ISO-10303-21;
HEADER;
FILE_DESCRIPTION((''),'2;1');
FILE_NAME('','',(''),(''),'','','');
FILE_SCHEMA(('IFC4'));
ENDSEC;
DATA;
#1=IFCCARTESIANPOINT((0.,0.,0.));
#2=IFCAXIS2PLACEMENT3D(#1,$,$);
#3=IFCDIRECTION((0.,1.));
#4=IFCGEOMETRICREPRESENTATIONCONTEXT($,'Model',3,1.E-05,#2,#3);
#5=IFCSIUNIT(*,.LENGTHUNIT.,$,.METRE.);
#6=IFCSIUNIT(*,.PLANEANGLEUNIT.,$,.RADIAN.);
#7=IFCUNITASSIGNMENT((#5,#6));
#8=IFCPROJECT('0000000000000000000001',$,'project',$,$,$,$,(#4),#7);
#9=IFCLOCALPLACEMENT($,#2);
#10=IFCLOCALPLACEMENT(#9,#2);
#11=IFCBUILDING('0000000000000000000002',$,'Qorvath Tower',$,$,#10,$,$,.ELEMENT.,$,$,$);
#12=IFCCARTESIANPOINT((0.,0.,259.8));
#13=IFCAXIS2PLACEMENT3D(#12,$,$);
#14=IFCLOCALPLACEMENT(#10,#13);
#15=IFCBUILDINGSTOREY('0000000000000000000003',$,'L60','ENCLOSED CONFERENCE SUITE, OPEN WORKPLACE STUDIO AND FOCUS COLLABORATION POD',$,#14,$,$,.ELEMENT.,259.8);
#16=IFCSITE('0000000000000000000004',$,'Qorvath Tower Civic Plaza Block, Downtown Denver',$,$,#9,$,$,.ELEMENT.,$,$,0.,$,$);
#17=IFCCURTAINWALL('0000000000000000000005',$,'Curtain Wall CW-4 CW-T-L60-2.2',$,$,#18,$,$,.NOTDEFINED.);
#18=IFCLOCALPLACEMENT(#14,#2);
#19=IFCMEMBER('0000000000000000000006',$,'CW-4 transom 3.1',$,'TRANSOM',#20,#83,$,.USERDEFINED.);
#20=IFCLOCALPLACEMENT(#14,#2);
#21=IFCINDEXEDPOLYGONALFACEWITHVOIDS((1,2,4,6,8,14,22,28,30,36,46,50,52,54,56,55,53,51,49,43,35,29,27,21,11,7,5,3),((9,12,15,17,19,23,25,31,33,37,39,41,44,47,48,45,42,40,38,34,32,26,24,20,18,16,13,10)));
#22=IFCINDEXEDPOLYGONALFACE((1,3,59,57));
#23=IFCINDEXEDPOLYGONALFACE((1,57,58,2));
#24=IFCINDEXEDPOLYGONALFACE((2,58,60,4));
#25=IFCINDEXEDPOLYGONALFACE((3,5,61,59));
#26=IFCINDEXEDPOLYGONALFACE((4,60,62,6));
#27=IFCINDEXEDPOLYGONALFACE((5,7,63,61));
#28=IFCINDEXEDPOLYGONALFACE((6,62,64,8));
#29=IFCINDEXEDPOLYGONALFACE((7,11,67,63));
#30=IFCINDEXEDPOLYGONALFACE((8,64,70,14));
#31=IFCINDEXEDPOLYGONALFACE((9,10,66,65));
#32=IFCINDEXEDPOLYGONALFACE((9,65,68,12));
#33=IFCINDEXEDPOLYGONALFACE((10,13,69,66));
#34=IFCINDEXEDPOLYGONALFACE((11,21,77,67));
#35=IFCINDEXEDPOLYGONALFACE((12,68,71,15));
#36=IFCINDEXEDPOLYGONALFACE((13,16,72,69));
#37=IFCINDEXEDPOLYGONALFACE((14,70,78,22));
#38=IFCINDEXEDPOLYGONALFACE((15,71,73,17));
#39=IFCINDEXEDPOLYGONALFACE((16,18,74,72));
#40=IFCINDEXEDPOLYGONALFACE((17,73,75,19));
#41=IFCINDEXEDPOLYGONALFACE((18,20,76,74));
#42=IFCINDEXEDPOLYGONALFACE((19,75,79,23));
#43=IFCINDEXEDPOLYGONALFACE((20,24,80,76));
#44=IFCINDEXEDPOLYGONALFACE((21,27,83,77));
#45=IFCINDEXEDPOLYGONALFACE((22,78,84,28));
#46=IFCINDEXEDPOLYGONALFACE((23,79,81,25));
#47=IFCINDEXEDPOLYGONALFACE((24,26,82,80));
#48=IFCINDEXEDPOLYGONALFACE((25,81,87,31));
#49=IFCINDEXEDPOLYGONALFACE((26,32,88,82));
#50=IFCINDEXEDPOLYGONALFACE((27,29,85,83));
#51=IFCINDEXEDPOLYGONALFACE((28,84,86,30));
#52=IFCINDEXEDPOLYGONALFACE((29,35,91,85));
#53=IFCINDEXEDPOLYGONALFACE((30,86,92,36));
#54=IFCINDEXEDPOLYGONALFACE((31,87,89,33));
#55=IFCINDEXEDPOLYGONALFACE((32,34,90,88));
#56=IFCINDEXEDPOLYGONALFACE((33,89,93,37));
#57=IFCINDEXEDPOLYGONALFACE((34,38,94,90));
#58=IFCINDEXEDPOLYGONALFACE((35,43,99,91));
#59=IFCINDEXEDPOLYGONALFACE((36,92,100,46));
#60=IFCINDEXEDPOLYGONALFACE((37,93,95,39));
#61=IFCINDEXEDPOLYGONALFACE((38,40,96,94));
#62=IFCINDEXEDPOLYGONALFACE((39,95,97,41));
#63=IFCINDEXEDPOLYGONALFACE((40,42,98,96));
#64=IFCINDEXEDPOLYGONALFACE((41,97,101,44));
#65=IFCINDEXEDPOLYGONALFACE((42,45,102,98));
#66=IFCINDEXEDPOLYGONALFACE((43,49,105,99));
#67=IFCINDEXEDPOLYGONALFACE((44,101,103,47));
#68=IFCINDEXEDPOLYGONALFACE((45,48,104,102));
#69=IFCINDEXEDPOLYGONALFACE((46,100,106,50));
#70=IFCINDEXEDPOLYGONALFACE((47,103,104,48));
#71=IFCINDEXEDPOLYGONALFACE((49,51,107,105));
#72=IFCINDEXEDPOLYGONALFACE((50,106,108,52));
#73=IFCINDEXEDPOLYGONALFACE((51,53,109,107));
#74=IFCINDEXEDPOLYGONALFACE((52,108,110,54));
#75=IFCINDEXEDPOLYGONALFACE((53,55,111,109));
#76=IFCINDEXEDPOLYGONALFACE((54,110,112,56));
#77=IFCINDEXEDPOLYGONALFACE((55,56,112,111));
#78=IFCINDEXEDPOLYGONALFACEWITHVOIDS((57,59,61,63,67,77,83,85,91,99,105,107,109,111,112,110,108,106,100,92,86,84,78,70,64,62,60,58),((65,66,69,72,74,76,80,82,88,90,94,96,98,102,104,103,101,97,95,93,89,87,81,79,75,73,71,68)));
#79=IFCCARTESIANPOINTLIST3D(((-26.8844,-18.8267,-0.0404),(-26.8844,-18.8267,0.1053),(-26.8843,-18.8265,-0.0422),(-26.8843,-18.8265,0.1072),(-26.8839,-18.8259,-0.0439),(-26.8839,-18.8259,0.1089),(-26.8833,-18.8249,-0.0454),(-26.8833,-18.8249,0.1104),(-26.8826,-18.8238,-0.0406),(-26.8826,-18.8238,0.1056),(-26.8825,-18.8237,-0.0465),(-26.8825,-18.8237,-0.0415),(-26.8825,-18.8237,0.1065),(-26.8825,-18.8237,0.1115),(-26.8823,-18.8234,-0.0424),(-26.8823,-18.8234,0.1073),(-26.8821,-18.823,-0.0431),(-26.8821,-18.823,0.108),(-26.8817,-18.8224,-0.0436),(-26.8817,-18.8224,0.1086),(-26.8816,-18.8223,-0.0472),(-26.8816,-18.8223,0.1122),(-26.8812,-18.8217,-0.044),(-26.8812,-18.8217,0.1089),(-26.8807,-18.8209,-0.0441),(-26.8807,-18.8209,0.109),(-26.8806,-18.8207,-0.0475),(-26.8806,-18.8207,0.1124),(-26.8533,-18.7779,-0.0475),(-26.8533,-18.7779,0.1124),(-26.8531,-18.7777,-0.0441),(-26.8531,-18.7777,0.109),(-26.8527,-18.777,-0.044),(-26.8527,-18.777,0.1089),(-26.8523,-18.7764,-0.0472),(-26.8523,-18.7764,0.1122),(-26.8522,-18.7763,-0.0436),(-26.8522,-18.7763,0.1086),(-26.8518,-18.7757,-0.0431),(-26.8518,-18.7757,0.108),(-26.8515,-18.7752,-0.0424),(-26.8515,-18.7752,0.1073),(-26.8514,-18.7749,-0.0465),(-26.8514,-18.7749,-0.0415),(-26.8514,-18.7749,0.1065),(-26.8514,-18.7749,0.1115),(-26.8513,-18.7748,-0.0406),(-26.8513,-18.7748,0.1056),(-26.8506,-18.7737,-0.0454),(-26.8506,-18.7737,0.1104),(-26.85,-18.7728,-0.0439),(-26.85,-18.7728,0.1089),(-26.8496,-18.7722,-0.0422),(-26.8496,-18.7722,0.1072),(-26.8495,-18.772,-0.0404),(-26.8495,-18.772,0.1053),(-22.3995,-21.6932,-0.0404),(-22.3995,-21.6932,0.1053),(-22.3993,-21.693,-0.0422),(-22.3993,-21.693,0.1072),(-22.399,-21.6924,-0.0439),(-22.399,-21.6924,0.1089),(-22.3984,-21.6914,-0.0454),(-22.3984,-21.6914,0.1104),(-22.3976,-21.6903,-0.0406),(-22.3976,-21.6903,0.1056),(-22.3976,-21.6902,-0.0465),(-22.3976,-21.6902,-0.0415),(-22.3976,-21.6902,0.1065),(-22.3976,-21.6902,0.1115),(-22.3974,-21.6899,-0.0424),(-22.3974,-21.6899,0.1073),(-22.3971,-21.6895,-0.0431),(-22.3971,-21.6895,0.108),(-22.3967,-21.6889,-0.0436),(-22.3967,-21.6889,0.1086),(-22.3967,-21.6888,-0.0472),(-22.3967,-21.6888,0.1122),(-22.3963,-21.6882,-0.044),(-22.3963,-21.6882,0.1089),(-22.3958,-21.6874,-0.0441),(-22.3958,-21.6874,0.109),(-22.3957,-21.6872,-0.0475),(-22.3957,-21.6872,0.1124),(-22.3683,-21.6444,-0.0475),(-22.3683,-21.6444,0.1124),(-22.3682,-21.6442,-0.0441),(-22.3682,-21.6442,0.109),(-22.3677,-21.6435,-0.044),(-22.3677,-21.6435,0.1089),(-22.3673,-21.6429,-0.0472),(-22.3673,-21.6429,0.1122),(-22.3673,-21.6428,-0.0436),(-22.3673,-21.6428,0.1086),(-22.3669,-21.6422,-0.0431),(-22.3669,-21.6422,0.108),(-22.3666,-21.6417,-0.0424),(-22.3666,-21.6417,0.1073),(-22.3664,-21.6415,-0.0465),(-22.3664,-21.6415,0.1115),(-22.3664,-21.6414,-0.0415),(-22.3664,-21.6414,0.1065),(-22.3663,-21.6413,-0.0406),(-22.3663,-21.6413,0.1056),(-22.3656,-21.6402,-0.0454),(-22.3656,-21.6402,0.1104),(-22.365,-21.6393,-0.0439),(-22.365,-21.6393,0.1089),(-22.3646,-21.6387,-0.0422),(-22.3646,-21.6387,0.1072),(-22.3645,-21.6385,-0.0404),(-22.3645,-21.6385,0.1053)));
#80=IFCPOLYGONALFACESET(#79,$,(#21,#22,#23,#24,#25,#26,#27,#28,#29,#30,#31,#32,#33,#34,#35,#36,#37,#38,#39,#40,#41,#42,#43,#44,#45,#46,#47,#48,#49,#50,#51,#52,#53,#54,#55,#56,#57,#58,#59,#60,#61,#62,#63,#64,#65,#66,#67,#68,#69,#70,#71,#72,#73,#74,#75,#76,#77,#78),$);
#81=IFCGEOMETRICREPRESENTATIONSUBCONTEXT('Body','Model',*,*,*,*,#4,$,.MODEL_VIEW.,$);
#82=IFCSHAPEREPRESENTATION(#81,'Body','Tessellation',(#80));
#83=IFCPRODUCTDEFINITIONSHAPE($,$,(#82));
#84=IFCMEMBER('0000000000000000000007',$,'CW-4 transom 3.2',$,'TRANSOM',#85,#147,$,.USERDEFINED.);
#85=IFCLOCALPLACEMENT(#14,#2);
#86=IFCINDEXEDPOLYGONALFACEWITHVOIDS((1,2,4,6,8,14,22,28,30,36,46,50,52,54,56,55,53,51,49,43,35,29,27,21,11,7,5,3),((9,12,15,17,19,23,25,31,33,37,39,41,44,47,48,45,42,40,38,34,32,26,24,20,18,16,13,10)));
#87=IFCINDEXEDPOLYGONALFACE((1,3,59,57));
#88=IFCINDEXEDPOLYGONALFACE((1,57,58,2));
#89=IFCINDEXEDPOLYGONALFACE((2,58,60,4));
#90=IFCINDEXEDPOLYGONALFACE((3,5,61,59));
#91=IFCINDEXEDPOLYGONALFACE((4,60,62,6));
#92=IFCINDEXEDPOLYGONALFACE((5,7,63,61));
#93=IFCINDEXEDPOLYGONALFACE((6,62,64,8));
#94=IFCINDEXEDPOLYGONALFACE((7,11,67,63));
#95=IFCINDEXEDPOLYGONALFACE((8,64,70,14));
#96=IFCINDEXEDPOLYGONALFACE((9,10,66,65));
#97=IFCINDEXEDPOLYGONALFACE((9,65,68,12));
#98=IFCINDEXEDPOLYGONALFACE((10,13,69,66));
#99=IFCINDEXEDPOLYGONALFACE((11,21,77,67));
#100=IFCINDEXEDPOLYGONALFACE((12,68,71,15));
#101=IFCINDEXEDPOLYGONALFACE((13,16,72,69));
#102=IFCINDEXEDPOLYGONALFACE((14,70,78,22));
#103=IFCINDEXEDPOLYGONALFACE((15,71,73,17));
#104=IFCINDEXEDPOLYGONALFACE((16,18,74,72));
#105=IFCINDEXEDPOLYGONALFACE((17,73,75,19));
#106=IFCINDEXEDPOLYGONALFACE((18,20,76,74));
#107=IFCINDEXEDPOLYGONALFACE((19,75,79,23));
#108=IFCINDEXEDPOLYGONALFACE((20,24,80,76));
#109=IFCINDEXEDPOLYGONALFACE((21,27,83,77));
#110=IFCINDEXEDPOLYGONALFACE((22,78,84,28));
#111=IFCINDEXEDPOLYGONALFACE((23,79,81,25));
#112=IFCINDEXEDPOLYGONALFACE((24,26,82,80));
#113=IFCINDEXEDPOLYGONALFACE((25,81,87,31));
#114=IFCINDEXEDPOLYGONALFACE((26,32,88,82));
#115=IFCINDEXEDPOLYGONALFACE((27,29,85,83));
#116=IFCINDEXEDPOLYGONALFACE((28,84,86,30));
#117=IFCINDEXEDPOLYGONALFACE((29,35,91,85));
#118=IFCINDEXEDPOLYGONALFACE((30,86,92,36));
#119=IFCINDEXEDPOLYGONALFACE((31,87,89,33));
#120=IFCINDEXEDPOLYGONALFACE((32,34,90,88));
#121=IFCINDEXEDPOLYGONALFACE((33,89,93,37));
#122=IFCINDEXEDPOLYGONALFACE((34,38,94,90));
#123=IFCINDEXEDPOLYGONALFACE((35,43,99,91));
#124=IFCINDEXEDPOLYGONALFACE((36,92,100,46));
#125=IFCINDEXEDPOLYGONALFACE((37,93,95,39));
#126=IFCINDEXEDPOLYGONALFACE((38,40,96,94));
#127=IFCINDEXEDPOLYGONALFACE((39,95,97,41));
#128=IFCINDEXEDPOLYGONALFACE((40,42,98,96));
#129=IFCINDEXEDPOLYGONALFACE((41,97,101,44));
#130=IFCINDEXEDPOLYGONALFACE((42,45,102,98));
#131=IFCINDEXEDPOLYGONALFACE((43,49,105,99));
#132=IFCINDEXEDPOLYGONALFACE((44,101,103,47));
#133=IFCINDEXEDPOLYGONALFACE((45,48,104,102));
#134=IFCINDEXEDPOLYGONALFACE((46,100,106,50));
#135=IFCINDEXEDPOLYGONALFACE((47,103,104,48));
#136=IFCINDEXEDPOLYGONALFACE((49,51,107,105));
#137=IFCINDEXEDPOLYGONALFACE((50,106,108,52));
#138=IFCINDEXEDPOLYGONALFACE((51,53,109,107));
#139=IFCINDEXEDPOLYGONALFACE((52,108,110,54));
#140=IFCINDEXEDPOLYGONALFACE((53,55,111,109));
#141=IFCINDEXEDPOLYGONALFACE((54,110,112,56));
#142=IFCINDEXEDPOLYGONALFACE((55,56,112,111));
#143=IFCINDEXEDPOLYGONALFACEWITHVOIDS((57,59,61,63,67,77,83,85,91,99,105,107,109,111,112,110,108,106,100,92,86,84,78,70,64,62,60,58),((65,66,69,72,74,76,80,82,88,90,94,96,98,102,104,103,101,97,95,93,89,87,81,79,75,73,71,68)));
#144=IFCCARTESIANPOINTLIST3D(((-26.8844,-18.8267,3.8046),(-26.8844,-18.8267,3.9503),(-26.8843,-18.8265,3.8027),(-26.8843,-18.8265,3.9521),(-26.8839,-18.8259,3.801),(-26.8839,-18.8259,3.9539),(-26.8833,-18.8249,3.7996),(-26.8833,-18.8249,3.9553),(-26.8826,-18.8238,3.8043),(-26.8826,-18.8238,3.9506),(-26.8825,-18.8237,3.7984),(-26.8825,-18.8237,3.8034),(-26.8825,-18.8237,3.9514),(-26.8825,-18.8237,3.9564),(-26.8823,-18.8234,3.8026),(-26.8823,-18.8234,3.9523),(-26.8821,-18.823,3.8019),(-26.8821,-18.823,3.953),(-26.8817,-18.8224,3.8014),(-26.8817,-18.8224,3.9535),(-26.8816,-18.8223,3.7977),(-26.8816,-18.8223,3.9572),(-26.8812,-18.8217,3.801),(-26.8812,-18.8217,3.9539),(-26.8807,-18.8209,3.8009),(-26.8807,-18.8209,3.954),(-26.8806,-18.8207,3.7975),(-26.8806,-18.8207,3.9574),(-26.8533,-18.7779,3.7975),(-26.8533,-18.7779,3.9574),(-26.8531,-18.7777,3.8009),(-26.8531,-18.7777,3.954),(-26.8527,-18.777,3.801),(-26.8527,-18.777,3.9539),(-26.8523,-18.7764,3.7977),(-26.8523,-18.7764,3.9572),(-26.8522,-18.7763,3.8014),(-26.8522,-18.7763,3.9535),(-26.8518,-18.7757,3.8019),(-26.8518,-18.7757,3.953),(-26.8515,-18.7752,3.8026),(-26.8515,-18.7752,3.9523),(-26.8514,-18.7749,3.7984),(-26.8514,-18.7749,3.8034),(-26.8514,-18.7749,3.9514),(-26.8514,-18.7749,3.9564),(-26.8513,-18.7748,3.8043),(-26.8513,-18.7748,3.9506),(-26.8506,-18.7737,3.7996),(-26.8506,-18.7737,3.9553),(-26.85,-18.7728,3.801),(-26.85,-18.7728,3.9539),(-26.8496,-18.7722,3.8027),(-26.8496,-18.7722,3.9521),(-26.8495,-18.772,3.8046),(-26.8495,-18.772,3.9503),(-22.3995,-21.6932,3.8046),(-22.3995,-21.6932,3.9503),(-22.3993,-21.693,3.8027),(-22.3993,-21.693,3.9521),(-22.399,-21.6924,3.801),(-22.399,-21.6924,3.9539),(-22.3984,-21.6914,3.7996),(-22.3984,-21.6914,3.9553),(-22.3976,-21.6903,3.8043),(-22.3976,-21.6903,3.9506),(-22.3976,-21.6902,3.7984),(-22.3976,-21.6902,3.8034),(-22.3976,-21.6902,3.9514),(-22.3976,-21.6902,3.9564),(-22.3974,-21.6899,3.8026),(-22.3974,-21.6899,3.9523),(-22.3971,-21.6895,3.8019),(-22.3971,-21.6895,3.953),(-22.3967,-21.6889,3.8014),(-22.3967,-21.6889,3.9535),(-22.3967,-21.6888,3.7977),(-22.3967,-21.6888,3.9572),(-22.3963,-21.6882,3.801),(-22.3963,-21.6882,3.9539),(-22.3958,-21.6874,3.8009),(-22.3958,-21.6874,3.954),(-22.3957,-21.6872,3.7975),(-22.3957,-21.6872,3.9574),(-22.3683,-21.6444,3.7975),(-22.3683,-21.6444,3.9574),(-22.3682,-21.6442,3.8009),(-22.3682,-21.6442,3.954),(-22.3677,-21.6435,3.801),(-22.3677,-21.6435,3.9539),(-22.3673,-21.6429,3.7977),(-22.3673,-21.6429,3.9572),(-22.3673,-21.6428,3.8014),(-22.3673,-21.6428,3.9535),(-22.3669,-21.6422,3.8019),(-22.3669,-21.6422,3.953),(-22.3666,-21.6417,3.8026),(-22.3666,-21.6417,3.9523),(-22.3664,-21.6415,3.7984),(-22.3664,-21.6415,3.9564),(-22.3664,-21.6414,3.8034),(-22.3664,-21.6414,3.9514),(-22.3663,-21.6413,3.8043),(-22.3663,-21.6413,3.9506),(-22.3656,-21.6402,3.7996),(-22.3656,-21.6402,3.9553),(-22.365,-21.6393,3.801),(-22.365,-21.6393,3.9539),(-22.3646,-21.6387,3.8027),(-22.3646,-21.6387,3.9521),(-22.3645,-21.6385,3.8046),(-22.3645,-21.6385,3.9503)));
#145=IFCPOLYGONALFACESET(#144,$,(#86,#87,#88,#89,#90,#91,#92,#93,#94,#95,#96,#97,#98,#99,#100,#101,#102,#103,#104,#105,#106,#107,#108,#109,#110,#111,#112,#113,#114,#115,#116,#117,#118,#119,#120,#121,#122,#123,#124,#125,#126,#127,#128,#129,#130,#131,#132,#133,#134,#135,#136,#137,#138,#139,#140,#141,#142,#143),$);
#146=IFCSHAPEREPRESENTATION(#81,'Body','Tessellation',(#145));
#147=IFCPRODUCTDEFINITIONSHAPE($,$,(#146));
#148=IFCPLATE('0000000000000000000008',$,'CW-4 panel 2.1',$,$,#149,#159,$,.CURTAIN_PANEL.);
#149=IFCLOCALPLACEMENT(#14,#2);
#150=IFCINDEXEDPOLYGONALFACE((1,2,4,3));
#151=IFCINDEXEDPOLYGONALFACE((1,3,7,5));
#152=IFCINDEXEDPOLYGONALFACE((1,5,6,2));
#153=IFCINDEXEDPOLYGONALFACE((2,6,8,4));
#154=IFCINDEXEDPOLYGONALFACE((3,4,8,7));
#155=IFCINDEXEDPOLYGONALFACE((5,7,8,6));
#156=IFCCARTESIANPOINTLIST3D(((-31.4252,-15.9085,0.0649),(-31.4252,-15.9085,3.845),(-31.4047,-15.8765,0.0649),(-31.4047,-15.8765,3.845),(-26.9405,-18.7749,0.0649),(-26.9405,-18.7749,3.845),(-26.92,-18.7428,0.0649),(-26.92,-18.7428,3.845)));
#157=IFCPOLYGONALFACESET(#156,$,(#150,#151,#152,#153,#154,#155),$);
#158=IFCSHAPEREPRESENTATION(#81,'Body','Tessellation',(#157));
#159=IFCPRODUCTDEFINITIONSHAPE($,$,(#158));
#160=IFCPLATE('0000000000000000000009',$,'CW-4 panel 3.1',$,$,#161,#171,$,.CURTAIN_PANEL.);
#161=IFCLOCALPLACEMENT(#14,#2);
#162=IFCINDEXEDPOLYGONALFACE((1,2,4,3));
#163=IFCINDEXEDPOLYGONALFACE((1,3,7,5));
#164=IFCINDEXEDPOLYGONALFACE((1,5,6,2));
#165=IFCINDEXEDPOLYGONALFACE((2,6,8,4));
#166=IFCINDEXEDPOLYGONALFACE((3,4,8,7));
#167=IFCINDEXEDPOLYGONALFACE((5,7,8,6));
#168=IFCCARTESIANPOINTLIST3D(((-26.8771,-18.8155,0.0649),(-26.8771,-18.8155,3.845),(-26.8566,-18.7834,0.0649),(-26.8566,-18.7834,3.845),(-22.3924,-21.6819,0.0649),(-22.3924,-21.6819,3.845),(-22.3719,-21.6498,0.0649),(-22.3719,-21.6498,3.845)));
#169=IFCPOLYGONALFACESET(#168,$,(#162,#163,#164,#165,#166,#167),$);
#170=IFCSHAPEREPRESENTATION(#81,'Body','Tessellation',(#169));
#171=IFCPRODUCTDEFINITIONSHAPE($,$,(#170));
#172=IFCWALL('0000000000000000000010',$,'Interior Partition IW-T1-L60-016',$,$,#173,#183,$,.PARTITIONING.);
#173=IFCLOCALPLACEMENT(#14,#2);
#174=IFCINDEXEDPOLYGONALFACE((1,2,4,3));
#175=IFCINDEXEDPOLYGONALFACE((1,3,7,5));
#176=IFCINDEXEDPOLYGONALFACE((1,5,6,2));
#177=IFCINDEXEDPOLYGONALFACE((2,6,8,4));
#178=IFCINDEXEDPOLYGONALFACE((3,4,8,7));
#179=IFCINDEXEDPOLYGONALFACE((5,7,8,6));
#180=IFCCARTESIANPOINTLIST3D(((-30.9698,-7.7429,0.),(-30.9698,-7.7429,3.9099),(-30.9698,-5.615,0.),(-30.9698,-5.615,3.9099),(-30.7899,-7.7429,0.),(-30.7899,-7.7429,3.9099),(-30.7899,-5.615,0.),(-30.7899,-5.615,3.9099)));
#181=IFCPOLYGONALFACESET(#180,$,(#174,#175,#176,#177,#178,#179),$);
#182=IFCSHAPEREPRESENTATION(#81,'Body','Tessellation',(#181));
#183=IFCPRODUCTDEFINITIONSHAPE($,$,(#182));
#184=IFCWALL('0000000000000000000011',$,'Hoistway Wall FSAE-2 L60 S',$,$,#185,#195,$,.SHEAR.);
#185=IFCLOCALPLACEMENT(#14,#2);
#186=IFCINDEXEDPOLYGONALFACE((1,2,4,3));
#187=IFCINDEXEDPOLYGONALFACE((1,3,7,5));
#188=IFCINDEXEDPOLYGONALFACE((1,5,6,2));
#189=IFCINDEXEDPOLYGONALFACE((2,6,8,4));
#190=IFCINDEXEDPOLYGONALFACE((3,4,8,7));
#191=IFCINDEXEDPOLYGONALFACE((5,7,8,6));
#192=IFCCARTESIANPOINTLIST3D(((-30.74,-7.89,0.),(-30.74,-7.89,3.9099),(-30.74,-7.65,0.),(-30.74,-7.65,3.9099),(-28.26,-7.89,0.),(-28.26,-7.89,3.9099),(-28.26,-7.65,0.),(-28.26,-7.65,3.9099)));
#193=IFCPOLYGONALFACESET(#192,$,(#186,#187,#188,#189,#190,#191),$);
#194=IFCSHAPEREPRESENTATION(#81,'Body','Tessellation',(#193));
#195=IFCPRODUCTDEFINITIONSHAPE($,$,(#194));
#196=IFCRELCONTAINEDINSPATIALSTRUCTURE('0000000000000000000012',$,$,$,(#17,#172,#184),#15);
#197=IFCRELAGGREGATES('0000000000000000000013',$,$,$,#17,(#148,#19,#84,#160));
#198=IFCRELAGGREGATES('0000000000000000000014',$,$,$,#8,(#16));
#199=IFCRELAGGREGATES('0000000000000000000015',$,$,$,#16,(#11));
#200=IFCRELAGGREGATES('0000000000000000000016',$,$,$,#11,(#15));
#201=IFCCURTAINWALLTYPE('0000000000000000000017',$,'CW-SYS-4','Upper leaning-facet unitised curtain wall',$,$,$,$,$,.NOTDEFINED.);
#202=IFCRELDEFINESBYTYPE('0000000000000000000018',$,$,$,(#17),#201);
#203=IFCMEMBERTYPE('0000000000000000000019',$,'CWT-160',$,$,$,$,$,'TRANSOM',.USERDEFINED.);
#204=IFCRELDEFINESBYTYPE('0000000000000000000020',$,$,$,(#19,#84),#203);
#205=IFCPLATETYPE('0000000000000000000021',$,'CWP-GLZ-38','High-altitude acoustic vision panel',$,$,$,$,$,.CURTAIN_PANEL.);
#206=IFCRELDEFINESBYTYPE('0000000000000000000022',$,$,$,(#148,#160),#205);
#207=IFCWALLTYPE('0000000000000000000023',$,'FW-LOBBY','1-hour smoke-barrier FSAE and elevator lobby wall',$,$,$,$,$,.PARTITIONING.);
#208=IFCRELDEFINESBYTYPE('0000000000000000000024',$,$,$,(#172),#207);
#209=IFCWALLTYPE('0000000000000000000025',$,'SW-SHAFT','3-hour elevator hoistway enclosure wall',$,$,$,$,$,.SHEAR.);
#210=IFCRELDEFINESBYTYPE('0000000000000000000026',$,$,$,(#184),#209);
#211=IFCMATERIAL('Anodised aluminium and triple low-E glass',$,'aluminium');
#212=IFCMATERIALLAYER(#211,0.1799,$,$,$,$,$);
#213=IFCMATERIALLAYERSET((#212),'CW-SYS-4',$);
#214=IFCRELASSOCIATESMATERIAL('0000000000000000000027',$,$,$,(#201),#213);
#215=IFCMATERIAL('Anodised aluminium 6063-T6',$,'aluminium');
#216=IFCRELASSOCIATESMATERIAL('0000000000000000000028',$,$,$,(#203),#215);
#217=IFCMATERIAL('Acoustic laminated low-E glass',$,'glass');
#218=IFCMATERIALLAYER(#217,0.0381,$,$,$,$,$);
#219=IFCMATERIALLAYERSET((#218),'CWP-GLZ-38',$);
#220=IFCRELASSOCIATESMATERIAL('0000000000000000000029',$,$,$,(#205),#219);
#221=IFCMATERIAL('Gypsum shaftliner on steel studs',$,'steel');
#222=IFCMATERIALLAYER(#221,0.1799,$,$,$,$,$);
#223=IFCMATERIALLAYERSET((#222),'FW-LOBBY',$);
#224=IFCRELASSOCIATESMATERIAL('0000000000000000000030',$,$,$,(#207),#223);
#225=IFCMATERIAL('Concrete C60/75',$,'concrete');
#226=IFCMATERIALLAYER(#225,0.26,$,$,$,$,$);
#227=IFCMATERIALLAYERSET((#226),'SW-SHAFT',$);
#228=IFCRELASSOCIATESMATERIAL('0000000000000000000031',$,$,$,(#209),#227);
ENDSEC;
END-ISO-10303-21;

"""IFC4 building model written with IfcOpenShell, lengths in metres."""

from ifc_helpers import new_model, si_unit, direction, frame, frame_2d, origin, origin_2d, place, context, subcontext, project, spatial, rectangle, hollow_rectangle, extrude, material, layer, layer_set, material_profile, profile_set, type_object, element, aggregate, save


model = new_model("IFC4")

# Units and contexts
model_context = context("Model", 3, precision=1e-05, world=origin(), true_north=direction((0.0, 1.0)))
body_context = subcontext(model_context, "Body", "Model", "MODEL_VIEW")
ifc_project = project(units=[si_unit("LENGTHUNIT", "METRE"), si_unit("PLANEANGLEUNIT", "RADIAN")], contexts=[model_context])

# Site, building, storey
site_placement = place(None, origin())
site = spatial("IfcSite", under=ifc_project, at=site_placement, Name="Qorvath Tower Civic Plaza Block, Downtown Denver", CompositionType="ELEMENT", RefElevation=0.0)
building_placement = place(site_placement, origin())
building = spatial("IfcBuilding", under=site, at=building_placement, Name="Qorvath Tower", CompositionType="ELEMENT")
storey_placement = place(building_placement, frame((0.0, 0.0, 259.8)))
storey = spatial("IfcBuildingStorey", under=building, at=storey_placement, Name="L60", Description="ENCLOSED CONFERENCE SUITE, OPEN WORKPLACE STUDIO AND FOCUS COLLABORATION POD", CompositionType="ELEMENT", Elevation=259.8)

# Curtain wall, members, plates
ifc_material_1 = material(Name="Anodised aluminium and triple low-E glass", Category="aluminium")
ifc_layer_1 = layer(ifc_material_1, 0.1799)
ifc_layer_set_1 = layer_set([ifc_layer_1], Name="CW-SYS-4")
curtain_wall_type = type_object("IfcCurtainWallType", Name="CW-SYS-4", Description="Upper leaning-facet unitised curtain wall", PredefinedType="NOTDEFINED", material=ifc_layer_set_1)
curtain_wall_placement = place(storey_placement, origin())
curtain_wall = element("IfcCurtainWall", 1, at=curtain_wall_placement, inside=storey, type_object=curtain_wall_type, Name="Curtain Wall CW-4 CW-T-L60-2.2", PredefinedType="NOTDEFINED")
ifc_material_2 = material(Name="Anodised aluminium 6063-T6", Category="aluminium")
ifc_material_profile_1 = material_profile(ifc_material_2, hollow_rectangle(XDim=0.0649, YDim=0.1599, WallThickness=0.0034, InnerFilletRadius=0.0034, OuterFilletRadius=0.0071, at=origin_2d()), Name="CWT 160x65")
ifc_profile_set_1 = profile_set([ifc_material_profile_1], Name="Anodised aluminium 6063-T6")
member_type_1 = type_object("IfcMemberType", Name="CWT-160", ElementType="TRANSOM", PredefinedType="USERDEFINED", material=ifc_profile_set_1)
member_1_placement = place(storey_placement, frame((-26.8669, -18.7993, 0.0325), z_axis=(0.8426, -0.538539, 0.0), x_axis=(0.538539, 0.8426, 0.0)))
member_1 = element("IfcMember", 2, at=member_1_placement, type_object=member_type_1, Name="CW-4 transom 3.1", ObjectType="TRANSOM", PredefinedType="USERDEFINED", context=body_context, shape_type="SweptSolid", body=[
    extrude(hollow_rectangle(XDim=0.0649, YDim=0.1599, WallThickness=0.0034, InnerFilletRadius=0.0034, OuterFilletRadius=0.0071, at=origin_2d()), origin(), (0.0, 0.0, 1.0), 5.3228),
])
member_2_placement = place(storey_placement, frame((-26.8669, -18.7993, 3.8774), z_axis=(0.8426, -0.538539, 0.0), x_axis=(0.538539, 0.8426, 0.0)))
member_2 = element("IfcMember", 3, at=member_2_placement, type_object=member_type_1, Name="CW-4 transom 3.2", ObjectType="TRANSOM", PredefinedType="USERDEFINED", context=body_context, shape_type="SweptSolid", body=[
    extrude(hollow_rectangle(XDim=0.0649, YDim=0.1599, WallThickness=0.0034, InnerFilletRadius=0.0034, OuterFilletRadius=0.0071, at=origin_2d()), origin(), (0.0, 0.0, 1.0), 5.3228),
])
ifc_material_3 = material(Name="Acoustic laminated low-E glass", Category="glass")
ifc_layer_2 = layer(ifc_material_3, 0.0381)
ifc_layer_set_2 = layer_set([ifc_layer_2], Name="CWP-GLZ-38")
plate_type = type_object("IfcPlateType", Name="CWP-GLZ-38", Description="High-altitude acoustic vision panel", PredefinedType="CURTAIN_PANEL", material=ifc_layer_set_2)
plate_1_placement = place(storey_placement, frame((-29.1726, -17.3257, 0.0649), z_axis=(0.0, 0.0, 1.0), x_axis=(0.842602, -0.538536, 0.0)))
plate_1 = element("IfcPlate", 4, at=plate_1_placement, type_object=plate_type, Name="CW-4 panel 2.1", PredefinedType="CURTAIN_PANEL", context=body_context, shape_type="SweptSolid", body=[
    extrude(rectangle(XDim=5.3225, YDim=0.0381, at=origin_2d()), origin(), (0.0, 0.0, 1.0), 3.78),
])
plate_2_placement = place(storey_placement, frame((-24.6245, -20.2327, 0.0649), z_axis=(0.0, 0.0, 1.0), x_axis=(0.842602, -0.538536, 0.0)))
plate_2 = element("IfcPlate", 5, at=plate_2_placement, type_object=plate_type, Name="CW-4 panel 3.1", PredefinedType="CURTAIN_PANEL", context=body_context, shape_type="SweptSolid", body=[
    extrude(rectangle(XDim=5.3225, YDim=0.0381, at=origin_2d()), origin(), (0.0, 0.0, 1.0), 3.78),
])
aggregate(curtain_wall, [plate_1, member_1, member_2, plate_2])

# Shared definitions
ifc_material_4 = material(Name="Gypsum shaftliner on steel studs", Category="steel")
ifc_layer_3 = layer(ifc_material_4, 0.1799)
ifc_layer_set_3 = layer_set([ifc_layer_3], Name="FW-LOBBY")
wall_type_1 = type_object("IfcWallType", Name="FW-LOBBY", Description="1-hour smoke-barrier FSAE and elevator lobby wall", PredefinedType="PARTITIONING", material=ifc_layer_set_3)

# Walls
wall_1_placement = place(storey_placement, frame((-30.8799, -7.7429, 0.0), z_axis=(0.0, 0.0, 1.0), x_axis=(0.0, 1.0, 0.0)))
element("IfcWall", 6, at=wall_1_placement, inside=storey, type_object=wall_type_1, Name="Interior Partition IW-T1-L60-016", PredefinedType="PARTITIONING", context=body_context, shape_type="SweptSolid", body=[
    extrude(rectangle(XDim=2.1279, YDim=0.1799, at=frame_2d((1.064, 0.0))), origin(), (0.0, 0.0, 1.0), 3.9099),
])
ifc_material_5 = material(Name="Concrete C60/75", Category="concrete")
ifc_layer_4 = layer(ifc_material_5, 0.26)
ifc_layer_set_4 = layer_set([ifc_layer_4], Name="SW-SHAFT")
wall_type_2 = type_object("IfcWallType", Name="SW-SHAFT", Description="3-hour elevator hoistway enclosure wall", PredefinedType="SHEAR", material=ifc_layer_set_4)
wall_2_placement = place(storey_placement, frame((-28.26, -7.77, 0.0), z_axis=(0.0, 0.0, 1.0), x_axis=(-1.0, 0.0, 0.0)))
element("IfcWall", 7, at=wall_2_placement, inside=storey, type_object=wall_type_2, Name="Hoistway Wall FSAE-2 L60 S", PredefinedType="SHEAR", context=body_context, shape_type="SweptSolid", body=[
    extrude(rectangle(XDim=2.48, YDim=0.24, at=frame_2d((1.24, 0.0))), origin(), (0.0, 0.0, 1.0), 3.9099),
])

save(model, "model.ifc")
